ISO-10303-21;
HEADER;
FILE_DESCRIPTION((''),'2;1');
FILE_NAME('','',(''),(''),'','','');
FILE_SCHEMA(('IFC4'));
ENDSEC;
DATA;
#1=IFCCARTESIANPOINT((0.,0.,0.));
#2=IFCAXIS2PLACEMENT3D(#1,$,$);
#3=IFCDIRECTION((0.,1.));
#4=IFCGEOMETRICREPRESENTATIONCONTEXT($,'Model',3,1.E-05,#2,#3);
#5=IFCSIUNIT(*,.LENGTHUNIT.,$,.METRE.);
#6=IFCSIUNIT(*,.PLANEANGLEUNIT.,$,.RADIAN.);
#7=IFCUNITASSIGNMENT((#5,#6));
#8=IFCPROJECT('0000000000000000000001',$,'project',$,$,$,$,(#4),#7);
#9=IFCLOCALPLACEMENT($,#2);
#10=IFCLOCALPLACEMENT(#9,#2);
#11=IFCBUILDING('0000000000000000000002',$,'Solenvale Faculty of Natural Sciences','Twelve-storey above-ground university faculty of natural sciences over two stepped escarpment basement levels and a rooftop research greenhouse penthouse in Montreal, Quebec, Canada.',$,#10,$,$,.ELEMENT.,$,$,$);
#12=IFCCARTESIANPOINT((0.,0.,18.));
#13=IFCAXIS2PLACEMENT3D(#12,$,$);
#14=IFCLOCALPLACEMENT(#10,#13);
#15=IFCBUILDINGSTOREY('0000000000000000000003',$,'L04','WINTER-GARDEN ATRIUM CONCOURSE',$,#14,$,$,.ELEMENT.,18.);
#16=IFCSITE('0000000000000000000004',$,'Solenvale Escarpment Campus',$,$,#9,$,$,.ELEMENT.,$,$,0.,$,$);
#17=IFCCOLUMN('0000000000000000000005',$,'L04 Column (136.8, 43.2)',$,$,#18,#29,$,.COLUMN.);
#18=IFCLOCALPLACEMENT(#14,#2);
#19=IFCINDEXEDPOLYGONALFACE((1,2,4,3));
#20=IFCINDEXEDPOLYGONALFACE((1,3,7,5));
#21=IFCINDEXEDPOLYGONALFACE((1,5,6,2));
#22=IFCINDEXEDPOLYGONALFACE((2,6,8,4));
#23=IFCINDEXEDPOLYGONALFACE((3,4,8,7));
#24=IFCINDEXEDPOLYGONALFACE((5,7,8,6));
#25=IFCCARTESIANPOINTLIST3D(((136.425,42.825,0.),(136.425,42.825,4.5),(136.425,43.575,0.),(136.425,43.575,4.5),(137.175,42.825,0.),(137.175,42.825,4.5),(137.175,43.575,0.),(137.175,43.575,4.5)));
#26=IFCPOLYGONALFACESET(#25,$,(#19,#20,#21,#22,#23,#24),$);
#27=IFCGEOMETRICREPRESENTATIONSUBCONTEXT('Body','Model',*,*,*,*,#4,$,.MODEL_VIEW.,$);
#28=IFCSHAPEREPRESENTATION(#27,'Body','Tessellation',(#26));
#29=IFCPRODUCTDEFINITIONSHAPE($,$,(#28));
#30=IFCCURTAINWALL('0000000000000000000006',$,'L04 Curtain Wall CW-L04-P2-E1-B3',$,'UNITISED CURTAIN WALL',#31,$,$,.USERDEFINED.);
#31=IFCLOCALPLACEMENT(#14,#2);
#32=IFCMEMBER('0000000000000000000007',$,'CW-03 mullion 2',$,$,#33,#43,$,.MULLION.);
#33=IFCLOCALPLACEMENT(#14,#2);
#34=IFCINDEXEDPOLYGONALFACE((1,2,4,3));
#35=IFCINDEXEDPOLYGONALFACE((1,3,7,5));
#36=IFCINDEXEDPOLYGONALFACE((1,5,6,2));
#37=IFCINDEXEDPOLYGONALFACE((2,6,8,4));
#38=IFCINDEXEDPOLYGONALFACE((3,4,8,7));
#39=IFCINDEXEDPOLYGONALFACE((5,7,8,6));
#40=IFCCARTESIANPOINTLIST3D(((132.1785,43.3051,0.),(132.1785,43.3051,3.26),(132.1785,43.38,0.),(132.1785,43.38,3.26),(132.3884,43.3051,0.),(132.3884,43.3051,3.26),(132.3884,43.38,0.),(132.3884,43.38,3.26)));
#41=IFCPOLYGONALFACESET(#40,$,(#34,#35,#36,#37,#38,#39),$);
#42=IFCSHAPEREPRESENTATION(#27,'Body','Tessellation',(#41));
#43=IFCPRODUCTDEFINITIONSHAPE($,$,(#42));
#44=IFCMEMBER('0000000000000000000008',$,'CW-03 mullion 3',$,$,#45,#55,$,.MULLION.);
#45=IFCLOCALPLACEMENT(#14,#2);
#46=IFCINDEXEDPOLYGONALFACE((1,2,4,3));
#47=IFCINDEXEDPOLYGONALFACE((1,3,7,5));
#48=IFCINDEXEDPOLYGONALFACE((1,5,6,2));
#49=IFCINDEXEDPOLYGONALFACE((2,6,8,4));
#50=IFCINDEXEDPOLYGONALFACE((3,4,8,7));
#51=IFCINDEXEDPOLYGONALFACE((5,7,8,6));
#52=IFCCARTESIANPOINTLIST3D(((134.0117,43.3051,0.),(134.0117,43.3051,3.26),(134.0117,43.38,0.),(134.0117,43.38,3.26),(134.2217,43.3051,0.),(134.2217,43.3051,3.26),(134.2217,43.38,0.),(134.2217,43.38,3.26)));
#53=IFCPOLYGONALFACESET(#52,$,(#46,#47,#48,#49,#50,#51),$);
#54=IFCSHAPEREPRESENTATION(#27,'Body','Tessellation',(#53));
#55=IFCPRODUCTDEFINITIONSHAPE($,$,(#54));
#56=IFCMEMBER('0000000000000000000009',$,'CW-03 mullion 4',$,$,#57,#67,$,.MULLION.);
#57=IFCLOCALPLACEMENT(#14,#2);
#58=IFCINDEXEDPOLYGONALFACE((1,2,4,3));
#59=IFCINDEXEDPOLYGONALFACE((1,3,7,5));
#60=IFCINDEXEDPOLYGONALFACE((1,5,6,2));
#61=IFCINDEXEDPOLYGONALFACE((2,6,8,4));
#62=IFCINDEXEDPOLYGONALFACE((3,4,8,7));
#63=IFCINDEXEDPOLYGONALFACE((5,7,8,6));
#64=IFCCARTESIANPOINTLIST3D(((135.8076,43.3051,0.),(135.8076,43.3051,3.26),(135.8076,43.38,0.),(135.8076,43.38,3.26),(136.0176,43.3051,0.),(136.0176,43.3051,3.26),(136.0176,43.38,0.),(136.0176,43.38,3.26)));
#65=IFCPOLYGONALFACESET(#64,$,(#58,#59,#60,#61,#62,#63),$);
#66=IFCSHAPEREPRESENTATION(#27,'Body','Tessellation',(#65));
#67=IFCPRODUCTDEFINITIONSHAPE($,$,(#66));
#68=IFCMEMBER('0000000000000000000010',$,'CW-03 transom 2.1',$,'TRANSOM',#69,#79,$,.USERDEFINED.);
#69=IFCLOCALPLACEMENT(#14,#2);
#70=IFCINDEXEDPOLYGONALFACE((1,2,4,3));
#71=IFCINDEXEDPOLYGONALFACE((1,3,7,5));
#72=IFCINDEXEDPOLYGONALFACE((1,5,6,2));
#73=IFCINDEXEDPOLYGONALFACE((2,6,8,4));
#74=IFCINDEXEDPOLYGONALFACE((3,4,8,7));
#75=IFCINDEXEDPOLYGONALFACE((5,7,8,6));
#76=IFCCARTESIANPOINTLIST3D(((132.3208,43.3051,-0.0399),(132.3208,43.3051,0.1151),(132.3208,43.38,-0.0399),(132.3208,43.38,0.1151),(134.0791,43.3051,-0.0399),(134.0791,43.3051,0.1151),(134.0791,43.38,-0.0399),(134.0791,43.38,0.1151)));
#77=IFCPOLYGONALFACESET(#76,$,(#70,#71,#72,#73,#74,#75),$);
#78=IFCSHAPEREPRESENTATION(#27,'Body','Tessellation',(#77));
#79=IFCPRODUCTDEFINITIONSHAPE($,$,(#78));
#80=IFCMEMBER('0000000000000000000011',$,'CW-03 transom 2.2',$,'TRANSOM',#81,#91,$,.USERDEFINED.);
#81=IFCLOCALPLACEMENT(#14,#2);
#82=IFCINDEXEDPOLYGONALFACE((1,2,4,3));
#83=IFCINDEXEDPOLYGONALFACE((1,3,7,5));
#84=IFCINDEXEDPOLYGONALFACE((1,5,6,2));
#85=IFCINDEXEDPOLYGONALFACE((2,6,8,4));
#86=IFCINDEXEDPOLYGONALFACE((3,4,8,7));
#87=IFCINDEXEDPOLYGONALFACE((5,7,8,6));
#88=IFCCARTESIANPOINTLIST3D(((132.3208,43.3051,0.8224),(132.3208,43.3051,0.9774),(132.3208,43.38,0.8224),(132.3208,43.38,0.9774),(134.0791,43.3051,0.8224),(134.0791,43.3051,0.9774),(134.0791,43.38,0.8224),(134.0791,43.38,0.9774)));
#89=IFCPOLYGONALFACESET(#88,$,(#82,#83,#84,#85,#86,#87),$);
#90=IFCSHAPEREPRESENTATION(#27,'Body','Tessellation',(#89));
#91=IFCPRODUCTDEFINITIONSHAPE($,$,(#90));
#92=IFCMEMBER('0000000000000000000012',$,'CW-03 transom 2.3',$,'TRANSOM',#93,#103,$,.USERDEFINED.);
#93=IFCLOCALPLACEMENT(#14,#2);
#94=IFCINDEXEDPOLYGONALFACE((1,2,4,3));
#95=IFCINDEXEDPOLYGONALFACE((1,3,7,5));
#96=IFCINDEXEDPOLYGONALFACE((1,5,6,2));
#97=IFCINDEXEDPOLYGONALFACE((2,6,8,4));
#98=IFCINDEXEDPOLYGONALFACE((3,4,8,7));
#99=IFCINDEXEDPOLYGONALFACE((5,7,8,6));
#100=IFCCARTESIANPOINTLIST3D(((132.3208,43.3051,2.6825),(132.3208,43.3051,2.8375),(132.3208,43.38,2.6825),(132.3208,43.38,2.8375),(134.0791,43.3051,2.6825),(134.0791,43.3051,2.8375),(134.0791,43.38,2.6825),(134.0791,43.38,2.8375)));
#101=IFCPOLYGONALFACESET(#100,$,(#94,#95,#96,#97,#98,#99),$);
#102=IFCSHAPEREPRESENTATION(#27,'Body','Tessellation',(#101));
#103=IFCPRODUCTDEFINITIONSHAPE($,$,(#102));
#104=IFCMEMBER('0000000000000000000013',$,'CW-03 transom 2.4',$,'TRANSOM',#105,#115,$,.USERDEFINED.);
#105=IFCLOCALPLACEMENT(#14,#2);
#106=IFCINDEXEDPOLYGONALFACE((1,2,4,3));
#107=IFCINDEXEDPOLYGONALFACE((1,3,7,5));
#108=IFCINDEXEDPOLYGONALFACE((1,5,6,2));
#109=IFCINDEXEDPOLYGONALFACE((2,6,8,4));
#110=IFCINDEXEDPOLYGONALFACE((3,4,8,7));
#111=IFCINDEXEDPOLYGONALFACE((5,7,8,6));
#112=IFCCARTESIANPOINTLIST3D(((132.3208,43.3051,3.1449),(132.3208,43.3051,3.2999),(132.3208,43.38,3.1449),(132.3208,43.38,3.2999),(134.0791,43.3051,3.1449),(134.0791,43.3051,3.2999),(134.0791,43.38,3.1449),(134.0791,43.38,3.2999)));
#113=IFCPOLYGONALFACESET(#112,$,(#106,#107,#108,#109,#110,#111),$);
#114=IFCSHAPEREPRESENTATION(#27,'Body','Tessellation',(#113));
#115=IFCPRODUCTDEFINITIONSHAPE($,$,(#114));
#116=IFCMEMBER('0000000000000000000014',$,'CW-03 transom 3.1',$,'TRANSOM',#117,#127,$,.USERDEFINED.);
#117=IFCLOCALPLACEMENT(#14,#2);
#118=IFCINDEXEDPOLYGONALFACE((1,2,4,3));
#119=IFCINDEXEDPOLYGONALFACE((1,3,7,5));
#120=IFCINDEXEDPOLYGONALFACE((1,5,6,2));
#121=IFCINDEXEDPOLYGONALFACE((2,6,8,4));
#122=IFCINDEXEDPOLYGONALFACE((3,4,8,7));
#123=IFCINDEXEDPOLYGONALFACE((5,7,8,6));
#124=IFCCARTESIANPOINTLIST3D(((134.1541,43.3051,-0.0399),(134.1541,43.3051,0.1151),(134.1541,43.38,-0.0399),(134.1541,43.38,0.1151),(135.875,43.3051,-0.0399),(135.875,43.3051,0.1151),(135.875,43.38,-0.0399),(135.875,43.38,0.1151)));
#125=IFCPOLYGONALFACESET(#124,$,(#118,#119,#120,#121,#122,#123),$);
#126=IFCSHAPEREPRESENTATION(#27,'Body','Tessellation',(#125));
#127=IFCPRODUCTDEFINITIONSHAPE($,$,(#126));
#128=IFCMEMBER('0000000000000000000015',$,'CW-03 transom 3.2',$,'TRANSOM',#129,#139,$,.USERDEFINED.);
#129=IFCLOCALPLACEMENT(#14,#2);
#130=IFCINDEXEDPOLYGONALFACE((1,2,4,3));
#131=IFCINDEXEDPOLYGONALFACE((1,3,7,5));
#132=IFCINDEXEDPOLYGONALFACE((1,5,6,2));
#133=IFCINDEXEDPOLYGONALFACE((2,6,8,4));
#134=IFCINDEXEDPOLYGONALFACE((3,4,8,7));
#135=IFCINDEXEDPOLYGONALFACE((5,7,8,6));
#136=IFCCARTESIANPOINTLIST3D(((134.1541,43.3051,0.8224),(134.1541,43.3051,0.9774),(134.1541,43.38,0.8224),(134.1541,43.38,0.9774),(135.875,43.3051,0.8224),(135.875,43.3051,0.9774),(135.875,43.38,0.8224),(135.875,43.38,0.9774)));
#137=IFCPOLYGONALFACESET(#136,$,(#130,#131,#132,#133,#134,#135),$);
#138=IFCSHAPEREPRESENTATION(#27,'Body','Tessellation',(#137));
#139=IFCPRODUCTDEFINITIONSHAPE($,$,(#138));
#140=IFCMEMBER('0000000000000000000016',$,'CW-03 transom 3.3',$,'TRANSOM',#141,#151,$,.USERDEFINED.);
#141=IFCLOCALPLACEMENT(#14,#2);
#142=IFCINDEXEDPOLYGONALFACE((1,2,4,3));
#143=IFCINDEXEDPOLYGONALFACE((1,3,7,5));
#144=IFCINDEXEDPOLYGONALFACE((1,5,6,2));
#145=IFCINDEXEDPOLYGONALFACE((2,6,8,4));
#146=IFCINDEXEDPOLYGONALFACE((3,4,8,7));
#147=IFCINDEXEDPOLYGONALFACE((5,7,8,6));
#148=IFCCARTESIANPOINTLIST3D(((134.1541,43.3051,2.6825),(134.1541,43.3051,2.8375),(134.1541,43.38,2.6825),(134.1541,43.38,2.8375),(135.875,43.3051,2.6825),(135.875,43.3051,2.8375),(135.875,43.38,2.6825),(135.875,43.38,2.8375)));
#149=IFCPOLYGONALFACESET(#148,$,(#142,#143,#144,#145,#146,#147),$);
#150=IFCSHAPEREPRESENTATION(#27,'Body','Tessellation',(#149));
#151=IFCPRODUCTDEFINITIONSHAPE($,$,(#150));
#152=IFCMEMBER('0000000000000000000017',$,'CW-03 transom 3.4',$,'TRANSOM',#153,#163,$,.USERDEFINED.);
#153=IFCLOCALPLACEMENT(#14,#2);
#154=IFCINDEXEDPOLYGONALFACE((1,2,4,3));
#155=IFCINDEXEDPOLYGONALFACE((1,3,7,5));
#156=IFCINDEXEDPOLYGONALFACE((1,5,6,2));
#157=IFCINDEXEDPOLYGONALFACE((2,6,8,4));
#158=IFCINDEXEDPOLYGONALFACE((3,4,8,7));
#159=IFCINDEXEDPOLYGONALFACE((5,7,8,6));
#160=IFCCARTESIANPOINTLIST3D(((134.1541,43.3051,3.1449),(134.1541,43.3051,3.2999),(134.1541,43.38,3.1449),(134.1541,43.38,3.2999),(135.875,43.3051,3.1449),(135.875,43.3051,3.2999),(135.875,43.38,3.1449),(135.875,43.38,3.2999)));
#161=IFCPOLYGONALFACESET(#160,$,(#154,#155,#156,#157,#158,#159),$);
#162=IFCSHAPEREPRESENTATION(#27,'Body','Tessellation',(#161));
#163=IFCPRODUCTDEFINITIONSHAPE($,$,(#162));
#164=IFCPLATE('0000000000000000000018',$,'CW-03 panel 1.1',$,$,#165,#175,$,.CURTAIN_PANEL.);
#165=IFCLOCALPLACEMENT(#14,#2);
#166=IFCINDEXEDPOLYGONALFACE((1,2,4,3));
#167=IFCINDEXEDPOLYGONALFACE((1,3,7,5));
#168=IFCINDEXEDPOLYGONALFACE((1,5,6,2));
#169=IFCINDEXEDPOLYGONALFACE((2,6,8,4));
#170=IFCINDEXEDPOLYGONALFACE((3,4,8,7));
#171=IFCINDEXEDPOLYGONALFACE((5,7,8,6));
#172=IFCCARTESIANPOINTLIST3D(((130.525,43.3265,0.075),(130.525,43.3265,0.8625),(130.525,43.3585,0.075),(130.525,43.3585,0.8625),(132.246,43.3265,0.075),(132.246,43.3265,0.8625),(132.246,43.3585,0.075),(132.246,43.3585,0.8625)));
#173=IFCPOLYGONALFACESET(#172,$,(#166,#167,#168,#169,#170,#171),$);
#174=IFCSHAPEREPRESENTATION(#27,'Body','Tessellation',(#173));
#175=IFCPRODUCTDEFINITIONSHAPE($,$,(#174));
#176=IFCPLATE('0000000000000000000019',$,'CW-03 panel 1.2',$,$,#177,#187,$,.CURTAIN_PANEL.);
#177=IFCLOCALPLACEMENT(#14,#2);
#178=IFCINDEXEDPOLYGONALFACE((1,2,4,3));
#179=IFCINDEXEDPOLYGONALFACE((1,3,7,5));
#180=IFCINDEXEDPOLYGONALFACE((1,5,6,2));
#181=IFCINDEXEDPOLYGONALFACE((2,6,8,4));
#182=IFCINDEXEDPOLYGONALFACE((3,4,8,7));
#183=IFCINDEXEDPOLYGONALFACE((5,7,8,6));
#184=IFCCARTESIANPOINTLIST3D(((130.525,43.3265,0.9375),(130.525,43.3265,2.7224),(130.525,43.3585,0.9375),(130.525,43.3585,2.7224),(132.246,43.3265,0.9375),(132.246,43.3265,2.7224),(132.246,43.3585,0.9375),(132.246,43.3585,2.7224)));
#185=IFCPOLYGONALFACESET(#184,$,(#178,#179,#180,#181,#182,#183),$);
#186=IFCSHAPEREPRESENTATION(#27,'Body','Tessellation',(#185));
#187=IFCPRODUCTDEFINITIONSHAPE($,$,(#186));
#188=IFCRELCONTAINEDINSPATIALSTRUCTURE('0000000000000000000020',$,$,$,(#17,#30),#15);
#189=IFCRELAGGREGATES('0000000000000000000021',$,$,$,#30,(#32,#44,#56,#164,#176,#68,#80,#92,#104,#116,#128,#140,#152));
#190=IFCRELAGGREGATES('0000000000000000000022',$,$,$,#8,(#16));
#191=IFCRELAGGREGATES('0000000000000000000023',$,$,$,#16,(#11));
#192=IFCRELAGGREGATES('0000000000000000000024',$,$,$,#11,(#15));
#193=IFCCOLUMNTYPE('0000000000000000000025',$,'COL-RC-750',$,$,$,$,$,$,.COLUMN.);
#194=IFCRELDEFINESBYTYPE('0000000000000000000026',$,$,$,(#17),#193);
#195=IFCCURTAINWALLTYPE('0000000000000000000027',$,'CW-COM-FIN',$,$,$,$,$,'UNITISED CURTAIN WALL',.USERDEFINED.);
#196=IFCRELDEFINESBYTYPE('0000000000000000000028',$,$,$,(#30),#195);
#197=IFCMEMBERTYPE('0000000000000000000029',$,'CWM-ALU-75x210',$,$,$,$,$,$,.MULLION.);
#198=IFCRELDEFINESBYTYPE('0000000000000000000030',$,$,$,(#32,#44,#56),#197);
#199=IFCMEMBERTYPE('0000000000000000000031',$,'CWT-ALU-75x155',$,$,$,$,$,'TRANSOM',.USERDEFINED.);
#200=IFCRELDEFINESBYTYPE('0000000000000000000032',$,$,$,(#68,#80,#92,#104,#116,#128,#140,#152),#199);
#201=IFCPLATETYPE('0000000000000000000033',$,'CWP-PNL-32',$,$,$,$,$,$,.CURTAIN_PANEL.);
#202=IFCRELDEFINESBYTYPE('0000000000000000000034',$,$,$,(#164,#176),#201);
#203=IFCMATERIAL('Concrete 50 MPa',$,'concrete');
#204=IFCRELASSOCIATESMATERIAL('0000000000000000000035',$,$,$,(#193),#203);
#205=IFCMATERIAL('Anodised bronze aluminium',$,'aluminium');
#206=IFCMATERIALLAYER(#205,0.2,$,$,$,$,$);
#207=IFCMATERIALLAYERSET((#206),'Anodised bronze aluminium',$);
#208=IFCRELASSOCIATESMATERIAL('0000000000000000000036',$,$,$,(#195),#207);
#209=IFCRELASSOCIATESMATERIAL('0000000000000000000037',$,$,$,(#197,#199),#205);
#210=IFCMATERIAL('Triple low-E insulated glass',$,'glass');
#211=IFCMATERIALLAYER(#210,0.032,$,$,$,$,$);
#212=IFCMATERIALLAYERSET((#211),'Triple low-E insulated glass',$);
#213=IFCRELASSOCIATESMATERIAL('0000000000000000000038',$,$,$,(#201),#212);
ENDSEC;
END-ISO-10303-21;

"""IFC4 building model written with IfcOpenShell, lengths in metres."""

from ifc_helpers import new_model, si_unit, direction, frame, origin, origin_2d, place, context, subcontext, project, spatial, rectangle, extrude, material, layer, layer_set, material_profile, profile_set, type_object, element, aggregate, save


model = new_model("IFC4")

# Units and contexts
model_context = context("Model", 3, precision=1e-05, world=origin(), true_north=direction((0.0, 1.0)))
body_context = subcontext(model_context, "Body", "Model", "MODEL_VIEW")
ifc_project = project(units=[si_unit("LENGTHUNIT", "METRE"), si_unit("PLANEANGLEUNIT", "RADIAN")], contexts=[model_context])

# Site, building, storey
site_placement = place(None, origin())
site = spatial("IfcSite", under=ifc_project, at=site_placement, Name="Solenvale Escarpment Campus", CompositionType="ELEMENT", RefElevation=0.0)
building_placement = place(site_placement, origin())
building = spatial("IfcBuilding", under=site, at=building_placement, Name="Solenvale Faculty of Natural Sciences", Description="Twelve-storey above-ground university faculty of natural sciences over two stepped escarpment basement levels and a rooftop research greenhouse penthouse in Montreal, Quebec, Canada.", CompositionType="ELEMENT")
storey_placement = place(building_placement, frame((0.0, 0.0, 18.0)))
storey = spatial("IfcBuildingStorey", under=building, at=storey_placement, Name="L04", Description="WINTER-GARDEN ATRIUM CONCOURSE", CompositionType="ELEMENT", Elevation=18.0)

# Column
ifc_material_1 = material(Name="Concrete 50 MPa", Category="concrete")
ifc_material_profile_1 = material_profile(ifc_material_1, rectangle(XDim=0.75, YDim=0.75, at=origin_2d()), Name="RC-COL-750x750")
ifc_profile_set_1 = profile_set([ifc_material_profile_1], Name="Concrete 50 MPa")
column_type = type_object("IfcColumnType", Name="COL-RC-750", PredefinedType="COLUMN", material=ifc_profile_set_1)
column_placement = place(storey_placement, frame((136.8, 43.2, 0.0), z_axis=(0.0, 0.0, 1.0), x_axis=(1.0, 0.0, 0.0)))
element("IfcColumn", 1, at=column_placement, inside=storey, type_object=column_type, Name="L04 Column (136.8, 43.2)", PredefinedType="COLUMN", context=body_context, shape_type="SweptSolid", body=[
    extrude(rectangle(XDim=0.75, YDim=0.75, at=origin_2d()), origin(), (0.0, 0.0, 1.0), 4.5),
])

# Curtain wall, members, plates
ifc_material_2 = material(Name="Anodised bronze aluminium", Category="aluminium")
ifc_layer_1 = layer(ifc_material_2, 0.2)
ifc_layer_set_1 = layer_set([ifc_layer_1], Name="Anodised bronze aluminium")
curtain_wall_type = type_object("IfcCurtainWallType", Name="CW-COM-FIN", ElementType="UNITISED CURTAIN WALL", PredefinedType="USERDEFINED", material=ifc_layer_set_1)
curtain_wall_placement = place(storey_placement, origin())
curtain_wall = element("IfcCurtainWall", 2, at=curtain_wall_placement, inside=storey, type_object=curtain_wall_type, Name="L04 Curtain Wall CW-L04-P2-E1-B3", ObjectType="UNITISED CURTAIN WALL", PredefinedType="USERDEFINED")
ifc_material_profile_2 = material_profile(ifc_material_2, rectangle(XDim=0.075, YDim=0.21, at=origin_2d()), Name="ALU-MUL-75x210")
ifc_profile_set_2 = profile_set([ifc_material_profile_2], Name="Anodised bronze aluminium")
member_type_1 = type_object("IfcMemberType", Name="CWM-ALU-75x210", PredefinedType="MULLION", material=ifc_profile_set_2)
member_1_placement = place(storey_placement, frame((132.2834, 43.3425, 0.0), z_axis=(0.0, 0.0, 1.0), x_axis=(0.0, 1.0, 0.0)))
member_1 = element("IfcMember", 3, at=member_1_placement, type_object=member_type_1, Name="CW-03 mullion 2", PredefinedType="MULLION", context=body_context, shape_type="SweptSolid", body=[
    extrude(rectangle(XDim=0.075, YDim=0.21, at=origin_2d()), origin(), (0.0, 0.0, 1.0), 3.26),
])
member_2_placement = place(storey_placement, frame((134.1167, 43.3425, 0.0), z_axis=(0.0, 0.0, 1.0), x_axis=(0.0, 1.0, 0.0)))
member_2 = element("IfcMember", 4, at=member_2_placement, type_object=member_type_1, Name="CW-03 mullion 3", PredefinedType="MULLION", context=body_context, shape_type="SweptSolid", body=[
    extrude(rectangle(XDim=0.075, YDim=0.21, at=origin_2d()), origin(), (0.0, 0.0, 1.0), 3.26),
])
member_3_placement = place(storey_placement, frame((135.9126, 43.3425, 0.0), z_axis=(0.0, 0.0, 1.0), x_axis=(0.0, 1.0, 0.0)))
member_3 = element("IfcMember", 5, at=member_3_placement, type_object=member_type_1, Name="CW-03 mullion 4", PredefinedType="MULLION", context=body_context, shape_type="SweptSolid", body=[
    extrude(rectangle(XDim=0.075, YDim=0.21, at=origin_2d()), origin(), (0.0, 0.0, 1.0), 3.26),
])
ifc_material_profile_3 = material_profile(ifc_material_2, rectangle(XDim=0.075, YDim=0.155, at=origin_2d()), Name="ALU-TRN-75x155")
ifc_profile_set_3 = profile_set([ifc_material_profile_3], Name="Anodised bronze aluminium")
member_type_2 = type_object("IfcMemberType", Name="CWT-ALU-75x155", ElementType="TRANSOM", PredefinedType="USERDEFINED", material=ifc_profile_set_3)
member_4_placement = place(storey_placement, frame((132.3208, 43.3425, 0.0376), z_axis=(1.0, 0.0, 0.0), x_axis=(0.0, 1.0, 0.0)))
member_4 = element("IfcMember", 6, at=member_4_placement, type_object=member_type_2, Name="CW-03 transom 2.1", ObjectType="TRANSOM", PredefinedType="USERDEFINED", context=body_context, shape_type="SweptSolid", body=[
    extrude(rectangle(XDim=0.075, YDim=0.155, at=origin_2d()), origin(), (0.0, 0.0, 1.0), 1.7583),
])
member_5_placement = place(storey_placement, frame((132.3208, 43.3425, 0.8999), z_axis=(1.0, 0.0, 0.0), x_axis=(0.0, 1.0, 0.0)))
member_5 = element("IfcMember", 7, at=member_5_placement, type_object=member_type_2, Name="CW-03 transom 2.2", ObjectType="TRANSOM", PredefinedType="USERDEFINED", context=body_context, shape_type="SweptSolid", body=[
    extrude(rectangle(XDim=0.075, YDim=0.155, at=origin_2d()), origin(), (0.0, 0.0, 1.0), 1.7583),
])
member_6_placement = place(storey_placement, frame((132.3208, 43.3425, 2.76), z_axis=(1.0, 0.0, 0.0), x_axis=(0.0, 1.0, 0.0)))
member_6 = element("IfcMember", 8, at=member_6_placement, type_object=member_type_2, Name="CW-03 transom 2.3", ObjectType="TRANSOM", PredefinedType="USERDEFINED", context=body_context, shape_type="SweptSolid", body=[
    extrude(rectangle(XDim=0.075, YDim=0.155, at=origin_2d()), origin(), (0.0, 0.0, 1.0), 1.7583),
])
member_7_placement = place(storey_placement, frame((132.3208, 43.3425, 3.2224), z_axis=(1.0, 0.0, 0.0), x_axis=(0.0, 1.0, 0.0)))
member_7 = element("IfcMember", 9, at=member_7_placement, type_object=member_type_2, Name="CW-03 transom 2.4", ObjectType="TRANSOM", PredefinedType="USERDEFINED", context=body_context, shape_type="SweptSolid", body=[
    extrude(rectangle(XDim=0.075, YDim=0.155, at=origin_2d()), origin(), (0.0, 0.0, 1.0), 1.7583),
])
member_8_placement = place(storey_placement, frame((134.1541, 43.3425, 0.0376), z_axis=(1.0, 0.0, 0.0), x_axis=(0.0, 1.0, 0.0)))
member_8 = element("IfcMember", 10, at=member_8_placement, type_object=member_type_2, Name="CW-03 transom 3.1", ObjectType="TRANSOM", PredefinedType="USERDEFINED", context=body_context, shape_type="SweptSolid", body=[
    extrude(rectangle(XDim=0.075, YDim=0.155, at=origin_2d()), origin(), (0.0, 0.0, 1.0), 1.7209),
])
member_9_placement = place(storey_placement, frame((134.1541, 43.3425, 0.8999), z_axis=(1.0, 0.0, 0.0), x_axis=(0.0, 1.0, 0.0)))
member_9 = element("IfcMember", 11, at=member_9_placement, type_object=member_type_2, Name="CW-03 transom 3.2", ObjectType="TRANSOM", PredefinedType="USERDEFINED", context=body_context, shape_type="SweptSolid", body=[
    extrude(rectangle(XDim=0.075, YDim=0.155, at=origin_2d()), origin(), (0.0, 0.0, 1.0), 1.7209),
])
member_10_placement = place(storey_placement, frame((134.1541, 43.3425, 2.76), z_axis=(1.0, 0.0, 0.0), x_axis=(0.0, 1.0, 0.0)))
member_10 = element("IfcMember", 12, at=member_10_placement, type_object=member_type_2, Name="CW-03 transom 3.3", ObjectType="TRANSOM", PredefinedType="USERDEFINED", context=body_context, shape_type="SweptSolid", body=[
    extrude(rectangle(XDim=0.075, YDim=0.155, at=origin_2d()), origin(), (0.0, 0.0, 1.0), 1.7209),
])
member_11_placement = place(storey_placement, frame((134.1541, 43.3425, 3.2224), z_axis=(1.0, 0.0, 0.0), x_axis=(0.0, 1.0, 0.0)))
member_11 = element("IfcMember", 13, at=member_11_placement, type_object=member_type_2, Name="CW-03 transom 3.4", ObjectType="TRANSOM", PredefinedType="USERDEFINED", context=body_context, shape_type="SweptSolid", body=[
    extrude(rectangle(XDim=0.075, YDim=0.155, at=origin_2d()), origin(), (0.0, 0.0, 1.0), 1.7209),
])
ifc_material_3 = material(Name="Triple low-E insulated glass", Category="glass")
ifc_layer_2 = layer(ifc_material_3, 0.032)
ifc_layer_set_2 = layer_set([ifc_layer_2], Name="Triple low-E insulated glass")
plate_type = type_object("IfcPlateType", Name="CWP-PNL-32", PredefinedType="CURTAIN_PANEL", material=ifc_layer_set_2)
plate_1_placement = place(storey_placement, frame((131.3855, 43.3425, 0.075), z_axis=(0.0, 0.0, 1.0), x_axis=(1.0, 0.0, 0.0)))
plate_1 = element("IfcPlate", 14, at=plate_1_placement, type_object=plate_type, Name="CW-03 panel 1.1", PredefinedType="CURTAIN_PANEL", context=body_context, shape_type="SweptSolid", body=[
    extrude(rectangle(XDim=1.7209, YDim=0.032, at=origin_2d()), origin(), (0.0, 0.0, 1.0), 0.7876),
])
plate_2_placement = place(storey_placement, frame((131.3855, 43.3425, 0.9375), z_axis=(0.0, 0.0, 1.0), x_axis=(1.0, 0.0, 0.0)))
plate_2 = element("IfcPlate", 15, at=plate_2_placement, type_object=plate_type, Name="CW-03 panel 1.2", PredefinedType="CURTAIN_PANEL", context=body_context, shape_type="SweptSolid", body=[
    extrude(rectangle(XDim=1.7209, YDim=0.032, at=origin_2d()), origin(), (0.0, 0.0, 1.0), 1.7849),
])
aggregate(curtain_wall, [member_1, member_2, member_3, plate_1, plate_2, member_4, member_5, member_6, member_7, member_8, member_9, member_10, member_11])

save(model, "model.ifc")
